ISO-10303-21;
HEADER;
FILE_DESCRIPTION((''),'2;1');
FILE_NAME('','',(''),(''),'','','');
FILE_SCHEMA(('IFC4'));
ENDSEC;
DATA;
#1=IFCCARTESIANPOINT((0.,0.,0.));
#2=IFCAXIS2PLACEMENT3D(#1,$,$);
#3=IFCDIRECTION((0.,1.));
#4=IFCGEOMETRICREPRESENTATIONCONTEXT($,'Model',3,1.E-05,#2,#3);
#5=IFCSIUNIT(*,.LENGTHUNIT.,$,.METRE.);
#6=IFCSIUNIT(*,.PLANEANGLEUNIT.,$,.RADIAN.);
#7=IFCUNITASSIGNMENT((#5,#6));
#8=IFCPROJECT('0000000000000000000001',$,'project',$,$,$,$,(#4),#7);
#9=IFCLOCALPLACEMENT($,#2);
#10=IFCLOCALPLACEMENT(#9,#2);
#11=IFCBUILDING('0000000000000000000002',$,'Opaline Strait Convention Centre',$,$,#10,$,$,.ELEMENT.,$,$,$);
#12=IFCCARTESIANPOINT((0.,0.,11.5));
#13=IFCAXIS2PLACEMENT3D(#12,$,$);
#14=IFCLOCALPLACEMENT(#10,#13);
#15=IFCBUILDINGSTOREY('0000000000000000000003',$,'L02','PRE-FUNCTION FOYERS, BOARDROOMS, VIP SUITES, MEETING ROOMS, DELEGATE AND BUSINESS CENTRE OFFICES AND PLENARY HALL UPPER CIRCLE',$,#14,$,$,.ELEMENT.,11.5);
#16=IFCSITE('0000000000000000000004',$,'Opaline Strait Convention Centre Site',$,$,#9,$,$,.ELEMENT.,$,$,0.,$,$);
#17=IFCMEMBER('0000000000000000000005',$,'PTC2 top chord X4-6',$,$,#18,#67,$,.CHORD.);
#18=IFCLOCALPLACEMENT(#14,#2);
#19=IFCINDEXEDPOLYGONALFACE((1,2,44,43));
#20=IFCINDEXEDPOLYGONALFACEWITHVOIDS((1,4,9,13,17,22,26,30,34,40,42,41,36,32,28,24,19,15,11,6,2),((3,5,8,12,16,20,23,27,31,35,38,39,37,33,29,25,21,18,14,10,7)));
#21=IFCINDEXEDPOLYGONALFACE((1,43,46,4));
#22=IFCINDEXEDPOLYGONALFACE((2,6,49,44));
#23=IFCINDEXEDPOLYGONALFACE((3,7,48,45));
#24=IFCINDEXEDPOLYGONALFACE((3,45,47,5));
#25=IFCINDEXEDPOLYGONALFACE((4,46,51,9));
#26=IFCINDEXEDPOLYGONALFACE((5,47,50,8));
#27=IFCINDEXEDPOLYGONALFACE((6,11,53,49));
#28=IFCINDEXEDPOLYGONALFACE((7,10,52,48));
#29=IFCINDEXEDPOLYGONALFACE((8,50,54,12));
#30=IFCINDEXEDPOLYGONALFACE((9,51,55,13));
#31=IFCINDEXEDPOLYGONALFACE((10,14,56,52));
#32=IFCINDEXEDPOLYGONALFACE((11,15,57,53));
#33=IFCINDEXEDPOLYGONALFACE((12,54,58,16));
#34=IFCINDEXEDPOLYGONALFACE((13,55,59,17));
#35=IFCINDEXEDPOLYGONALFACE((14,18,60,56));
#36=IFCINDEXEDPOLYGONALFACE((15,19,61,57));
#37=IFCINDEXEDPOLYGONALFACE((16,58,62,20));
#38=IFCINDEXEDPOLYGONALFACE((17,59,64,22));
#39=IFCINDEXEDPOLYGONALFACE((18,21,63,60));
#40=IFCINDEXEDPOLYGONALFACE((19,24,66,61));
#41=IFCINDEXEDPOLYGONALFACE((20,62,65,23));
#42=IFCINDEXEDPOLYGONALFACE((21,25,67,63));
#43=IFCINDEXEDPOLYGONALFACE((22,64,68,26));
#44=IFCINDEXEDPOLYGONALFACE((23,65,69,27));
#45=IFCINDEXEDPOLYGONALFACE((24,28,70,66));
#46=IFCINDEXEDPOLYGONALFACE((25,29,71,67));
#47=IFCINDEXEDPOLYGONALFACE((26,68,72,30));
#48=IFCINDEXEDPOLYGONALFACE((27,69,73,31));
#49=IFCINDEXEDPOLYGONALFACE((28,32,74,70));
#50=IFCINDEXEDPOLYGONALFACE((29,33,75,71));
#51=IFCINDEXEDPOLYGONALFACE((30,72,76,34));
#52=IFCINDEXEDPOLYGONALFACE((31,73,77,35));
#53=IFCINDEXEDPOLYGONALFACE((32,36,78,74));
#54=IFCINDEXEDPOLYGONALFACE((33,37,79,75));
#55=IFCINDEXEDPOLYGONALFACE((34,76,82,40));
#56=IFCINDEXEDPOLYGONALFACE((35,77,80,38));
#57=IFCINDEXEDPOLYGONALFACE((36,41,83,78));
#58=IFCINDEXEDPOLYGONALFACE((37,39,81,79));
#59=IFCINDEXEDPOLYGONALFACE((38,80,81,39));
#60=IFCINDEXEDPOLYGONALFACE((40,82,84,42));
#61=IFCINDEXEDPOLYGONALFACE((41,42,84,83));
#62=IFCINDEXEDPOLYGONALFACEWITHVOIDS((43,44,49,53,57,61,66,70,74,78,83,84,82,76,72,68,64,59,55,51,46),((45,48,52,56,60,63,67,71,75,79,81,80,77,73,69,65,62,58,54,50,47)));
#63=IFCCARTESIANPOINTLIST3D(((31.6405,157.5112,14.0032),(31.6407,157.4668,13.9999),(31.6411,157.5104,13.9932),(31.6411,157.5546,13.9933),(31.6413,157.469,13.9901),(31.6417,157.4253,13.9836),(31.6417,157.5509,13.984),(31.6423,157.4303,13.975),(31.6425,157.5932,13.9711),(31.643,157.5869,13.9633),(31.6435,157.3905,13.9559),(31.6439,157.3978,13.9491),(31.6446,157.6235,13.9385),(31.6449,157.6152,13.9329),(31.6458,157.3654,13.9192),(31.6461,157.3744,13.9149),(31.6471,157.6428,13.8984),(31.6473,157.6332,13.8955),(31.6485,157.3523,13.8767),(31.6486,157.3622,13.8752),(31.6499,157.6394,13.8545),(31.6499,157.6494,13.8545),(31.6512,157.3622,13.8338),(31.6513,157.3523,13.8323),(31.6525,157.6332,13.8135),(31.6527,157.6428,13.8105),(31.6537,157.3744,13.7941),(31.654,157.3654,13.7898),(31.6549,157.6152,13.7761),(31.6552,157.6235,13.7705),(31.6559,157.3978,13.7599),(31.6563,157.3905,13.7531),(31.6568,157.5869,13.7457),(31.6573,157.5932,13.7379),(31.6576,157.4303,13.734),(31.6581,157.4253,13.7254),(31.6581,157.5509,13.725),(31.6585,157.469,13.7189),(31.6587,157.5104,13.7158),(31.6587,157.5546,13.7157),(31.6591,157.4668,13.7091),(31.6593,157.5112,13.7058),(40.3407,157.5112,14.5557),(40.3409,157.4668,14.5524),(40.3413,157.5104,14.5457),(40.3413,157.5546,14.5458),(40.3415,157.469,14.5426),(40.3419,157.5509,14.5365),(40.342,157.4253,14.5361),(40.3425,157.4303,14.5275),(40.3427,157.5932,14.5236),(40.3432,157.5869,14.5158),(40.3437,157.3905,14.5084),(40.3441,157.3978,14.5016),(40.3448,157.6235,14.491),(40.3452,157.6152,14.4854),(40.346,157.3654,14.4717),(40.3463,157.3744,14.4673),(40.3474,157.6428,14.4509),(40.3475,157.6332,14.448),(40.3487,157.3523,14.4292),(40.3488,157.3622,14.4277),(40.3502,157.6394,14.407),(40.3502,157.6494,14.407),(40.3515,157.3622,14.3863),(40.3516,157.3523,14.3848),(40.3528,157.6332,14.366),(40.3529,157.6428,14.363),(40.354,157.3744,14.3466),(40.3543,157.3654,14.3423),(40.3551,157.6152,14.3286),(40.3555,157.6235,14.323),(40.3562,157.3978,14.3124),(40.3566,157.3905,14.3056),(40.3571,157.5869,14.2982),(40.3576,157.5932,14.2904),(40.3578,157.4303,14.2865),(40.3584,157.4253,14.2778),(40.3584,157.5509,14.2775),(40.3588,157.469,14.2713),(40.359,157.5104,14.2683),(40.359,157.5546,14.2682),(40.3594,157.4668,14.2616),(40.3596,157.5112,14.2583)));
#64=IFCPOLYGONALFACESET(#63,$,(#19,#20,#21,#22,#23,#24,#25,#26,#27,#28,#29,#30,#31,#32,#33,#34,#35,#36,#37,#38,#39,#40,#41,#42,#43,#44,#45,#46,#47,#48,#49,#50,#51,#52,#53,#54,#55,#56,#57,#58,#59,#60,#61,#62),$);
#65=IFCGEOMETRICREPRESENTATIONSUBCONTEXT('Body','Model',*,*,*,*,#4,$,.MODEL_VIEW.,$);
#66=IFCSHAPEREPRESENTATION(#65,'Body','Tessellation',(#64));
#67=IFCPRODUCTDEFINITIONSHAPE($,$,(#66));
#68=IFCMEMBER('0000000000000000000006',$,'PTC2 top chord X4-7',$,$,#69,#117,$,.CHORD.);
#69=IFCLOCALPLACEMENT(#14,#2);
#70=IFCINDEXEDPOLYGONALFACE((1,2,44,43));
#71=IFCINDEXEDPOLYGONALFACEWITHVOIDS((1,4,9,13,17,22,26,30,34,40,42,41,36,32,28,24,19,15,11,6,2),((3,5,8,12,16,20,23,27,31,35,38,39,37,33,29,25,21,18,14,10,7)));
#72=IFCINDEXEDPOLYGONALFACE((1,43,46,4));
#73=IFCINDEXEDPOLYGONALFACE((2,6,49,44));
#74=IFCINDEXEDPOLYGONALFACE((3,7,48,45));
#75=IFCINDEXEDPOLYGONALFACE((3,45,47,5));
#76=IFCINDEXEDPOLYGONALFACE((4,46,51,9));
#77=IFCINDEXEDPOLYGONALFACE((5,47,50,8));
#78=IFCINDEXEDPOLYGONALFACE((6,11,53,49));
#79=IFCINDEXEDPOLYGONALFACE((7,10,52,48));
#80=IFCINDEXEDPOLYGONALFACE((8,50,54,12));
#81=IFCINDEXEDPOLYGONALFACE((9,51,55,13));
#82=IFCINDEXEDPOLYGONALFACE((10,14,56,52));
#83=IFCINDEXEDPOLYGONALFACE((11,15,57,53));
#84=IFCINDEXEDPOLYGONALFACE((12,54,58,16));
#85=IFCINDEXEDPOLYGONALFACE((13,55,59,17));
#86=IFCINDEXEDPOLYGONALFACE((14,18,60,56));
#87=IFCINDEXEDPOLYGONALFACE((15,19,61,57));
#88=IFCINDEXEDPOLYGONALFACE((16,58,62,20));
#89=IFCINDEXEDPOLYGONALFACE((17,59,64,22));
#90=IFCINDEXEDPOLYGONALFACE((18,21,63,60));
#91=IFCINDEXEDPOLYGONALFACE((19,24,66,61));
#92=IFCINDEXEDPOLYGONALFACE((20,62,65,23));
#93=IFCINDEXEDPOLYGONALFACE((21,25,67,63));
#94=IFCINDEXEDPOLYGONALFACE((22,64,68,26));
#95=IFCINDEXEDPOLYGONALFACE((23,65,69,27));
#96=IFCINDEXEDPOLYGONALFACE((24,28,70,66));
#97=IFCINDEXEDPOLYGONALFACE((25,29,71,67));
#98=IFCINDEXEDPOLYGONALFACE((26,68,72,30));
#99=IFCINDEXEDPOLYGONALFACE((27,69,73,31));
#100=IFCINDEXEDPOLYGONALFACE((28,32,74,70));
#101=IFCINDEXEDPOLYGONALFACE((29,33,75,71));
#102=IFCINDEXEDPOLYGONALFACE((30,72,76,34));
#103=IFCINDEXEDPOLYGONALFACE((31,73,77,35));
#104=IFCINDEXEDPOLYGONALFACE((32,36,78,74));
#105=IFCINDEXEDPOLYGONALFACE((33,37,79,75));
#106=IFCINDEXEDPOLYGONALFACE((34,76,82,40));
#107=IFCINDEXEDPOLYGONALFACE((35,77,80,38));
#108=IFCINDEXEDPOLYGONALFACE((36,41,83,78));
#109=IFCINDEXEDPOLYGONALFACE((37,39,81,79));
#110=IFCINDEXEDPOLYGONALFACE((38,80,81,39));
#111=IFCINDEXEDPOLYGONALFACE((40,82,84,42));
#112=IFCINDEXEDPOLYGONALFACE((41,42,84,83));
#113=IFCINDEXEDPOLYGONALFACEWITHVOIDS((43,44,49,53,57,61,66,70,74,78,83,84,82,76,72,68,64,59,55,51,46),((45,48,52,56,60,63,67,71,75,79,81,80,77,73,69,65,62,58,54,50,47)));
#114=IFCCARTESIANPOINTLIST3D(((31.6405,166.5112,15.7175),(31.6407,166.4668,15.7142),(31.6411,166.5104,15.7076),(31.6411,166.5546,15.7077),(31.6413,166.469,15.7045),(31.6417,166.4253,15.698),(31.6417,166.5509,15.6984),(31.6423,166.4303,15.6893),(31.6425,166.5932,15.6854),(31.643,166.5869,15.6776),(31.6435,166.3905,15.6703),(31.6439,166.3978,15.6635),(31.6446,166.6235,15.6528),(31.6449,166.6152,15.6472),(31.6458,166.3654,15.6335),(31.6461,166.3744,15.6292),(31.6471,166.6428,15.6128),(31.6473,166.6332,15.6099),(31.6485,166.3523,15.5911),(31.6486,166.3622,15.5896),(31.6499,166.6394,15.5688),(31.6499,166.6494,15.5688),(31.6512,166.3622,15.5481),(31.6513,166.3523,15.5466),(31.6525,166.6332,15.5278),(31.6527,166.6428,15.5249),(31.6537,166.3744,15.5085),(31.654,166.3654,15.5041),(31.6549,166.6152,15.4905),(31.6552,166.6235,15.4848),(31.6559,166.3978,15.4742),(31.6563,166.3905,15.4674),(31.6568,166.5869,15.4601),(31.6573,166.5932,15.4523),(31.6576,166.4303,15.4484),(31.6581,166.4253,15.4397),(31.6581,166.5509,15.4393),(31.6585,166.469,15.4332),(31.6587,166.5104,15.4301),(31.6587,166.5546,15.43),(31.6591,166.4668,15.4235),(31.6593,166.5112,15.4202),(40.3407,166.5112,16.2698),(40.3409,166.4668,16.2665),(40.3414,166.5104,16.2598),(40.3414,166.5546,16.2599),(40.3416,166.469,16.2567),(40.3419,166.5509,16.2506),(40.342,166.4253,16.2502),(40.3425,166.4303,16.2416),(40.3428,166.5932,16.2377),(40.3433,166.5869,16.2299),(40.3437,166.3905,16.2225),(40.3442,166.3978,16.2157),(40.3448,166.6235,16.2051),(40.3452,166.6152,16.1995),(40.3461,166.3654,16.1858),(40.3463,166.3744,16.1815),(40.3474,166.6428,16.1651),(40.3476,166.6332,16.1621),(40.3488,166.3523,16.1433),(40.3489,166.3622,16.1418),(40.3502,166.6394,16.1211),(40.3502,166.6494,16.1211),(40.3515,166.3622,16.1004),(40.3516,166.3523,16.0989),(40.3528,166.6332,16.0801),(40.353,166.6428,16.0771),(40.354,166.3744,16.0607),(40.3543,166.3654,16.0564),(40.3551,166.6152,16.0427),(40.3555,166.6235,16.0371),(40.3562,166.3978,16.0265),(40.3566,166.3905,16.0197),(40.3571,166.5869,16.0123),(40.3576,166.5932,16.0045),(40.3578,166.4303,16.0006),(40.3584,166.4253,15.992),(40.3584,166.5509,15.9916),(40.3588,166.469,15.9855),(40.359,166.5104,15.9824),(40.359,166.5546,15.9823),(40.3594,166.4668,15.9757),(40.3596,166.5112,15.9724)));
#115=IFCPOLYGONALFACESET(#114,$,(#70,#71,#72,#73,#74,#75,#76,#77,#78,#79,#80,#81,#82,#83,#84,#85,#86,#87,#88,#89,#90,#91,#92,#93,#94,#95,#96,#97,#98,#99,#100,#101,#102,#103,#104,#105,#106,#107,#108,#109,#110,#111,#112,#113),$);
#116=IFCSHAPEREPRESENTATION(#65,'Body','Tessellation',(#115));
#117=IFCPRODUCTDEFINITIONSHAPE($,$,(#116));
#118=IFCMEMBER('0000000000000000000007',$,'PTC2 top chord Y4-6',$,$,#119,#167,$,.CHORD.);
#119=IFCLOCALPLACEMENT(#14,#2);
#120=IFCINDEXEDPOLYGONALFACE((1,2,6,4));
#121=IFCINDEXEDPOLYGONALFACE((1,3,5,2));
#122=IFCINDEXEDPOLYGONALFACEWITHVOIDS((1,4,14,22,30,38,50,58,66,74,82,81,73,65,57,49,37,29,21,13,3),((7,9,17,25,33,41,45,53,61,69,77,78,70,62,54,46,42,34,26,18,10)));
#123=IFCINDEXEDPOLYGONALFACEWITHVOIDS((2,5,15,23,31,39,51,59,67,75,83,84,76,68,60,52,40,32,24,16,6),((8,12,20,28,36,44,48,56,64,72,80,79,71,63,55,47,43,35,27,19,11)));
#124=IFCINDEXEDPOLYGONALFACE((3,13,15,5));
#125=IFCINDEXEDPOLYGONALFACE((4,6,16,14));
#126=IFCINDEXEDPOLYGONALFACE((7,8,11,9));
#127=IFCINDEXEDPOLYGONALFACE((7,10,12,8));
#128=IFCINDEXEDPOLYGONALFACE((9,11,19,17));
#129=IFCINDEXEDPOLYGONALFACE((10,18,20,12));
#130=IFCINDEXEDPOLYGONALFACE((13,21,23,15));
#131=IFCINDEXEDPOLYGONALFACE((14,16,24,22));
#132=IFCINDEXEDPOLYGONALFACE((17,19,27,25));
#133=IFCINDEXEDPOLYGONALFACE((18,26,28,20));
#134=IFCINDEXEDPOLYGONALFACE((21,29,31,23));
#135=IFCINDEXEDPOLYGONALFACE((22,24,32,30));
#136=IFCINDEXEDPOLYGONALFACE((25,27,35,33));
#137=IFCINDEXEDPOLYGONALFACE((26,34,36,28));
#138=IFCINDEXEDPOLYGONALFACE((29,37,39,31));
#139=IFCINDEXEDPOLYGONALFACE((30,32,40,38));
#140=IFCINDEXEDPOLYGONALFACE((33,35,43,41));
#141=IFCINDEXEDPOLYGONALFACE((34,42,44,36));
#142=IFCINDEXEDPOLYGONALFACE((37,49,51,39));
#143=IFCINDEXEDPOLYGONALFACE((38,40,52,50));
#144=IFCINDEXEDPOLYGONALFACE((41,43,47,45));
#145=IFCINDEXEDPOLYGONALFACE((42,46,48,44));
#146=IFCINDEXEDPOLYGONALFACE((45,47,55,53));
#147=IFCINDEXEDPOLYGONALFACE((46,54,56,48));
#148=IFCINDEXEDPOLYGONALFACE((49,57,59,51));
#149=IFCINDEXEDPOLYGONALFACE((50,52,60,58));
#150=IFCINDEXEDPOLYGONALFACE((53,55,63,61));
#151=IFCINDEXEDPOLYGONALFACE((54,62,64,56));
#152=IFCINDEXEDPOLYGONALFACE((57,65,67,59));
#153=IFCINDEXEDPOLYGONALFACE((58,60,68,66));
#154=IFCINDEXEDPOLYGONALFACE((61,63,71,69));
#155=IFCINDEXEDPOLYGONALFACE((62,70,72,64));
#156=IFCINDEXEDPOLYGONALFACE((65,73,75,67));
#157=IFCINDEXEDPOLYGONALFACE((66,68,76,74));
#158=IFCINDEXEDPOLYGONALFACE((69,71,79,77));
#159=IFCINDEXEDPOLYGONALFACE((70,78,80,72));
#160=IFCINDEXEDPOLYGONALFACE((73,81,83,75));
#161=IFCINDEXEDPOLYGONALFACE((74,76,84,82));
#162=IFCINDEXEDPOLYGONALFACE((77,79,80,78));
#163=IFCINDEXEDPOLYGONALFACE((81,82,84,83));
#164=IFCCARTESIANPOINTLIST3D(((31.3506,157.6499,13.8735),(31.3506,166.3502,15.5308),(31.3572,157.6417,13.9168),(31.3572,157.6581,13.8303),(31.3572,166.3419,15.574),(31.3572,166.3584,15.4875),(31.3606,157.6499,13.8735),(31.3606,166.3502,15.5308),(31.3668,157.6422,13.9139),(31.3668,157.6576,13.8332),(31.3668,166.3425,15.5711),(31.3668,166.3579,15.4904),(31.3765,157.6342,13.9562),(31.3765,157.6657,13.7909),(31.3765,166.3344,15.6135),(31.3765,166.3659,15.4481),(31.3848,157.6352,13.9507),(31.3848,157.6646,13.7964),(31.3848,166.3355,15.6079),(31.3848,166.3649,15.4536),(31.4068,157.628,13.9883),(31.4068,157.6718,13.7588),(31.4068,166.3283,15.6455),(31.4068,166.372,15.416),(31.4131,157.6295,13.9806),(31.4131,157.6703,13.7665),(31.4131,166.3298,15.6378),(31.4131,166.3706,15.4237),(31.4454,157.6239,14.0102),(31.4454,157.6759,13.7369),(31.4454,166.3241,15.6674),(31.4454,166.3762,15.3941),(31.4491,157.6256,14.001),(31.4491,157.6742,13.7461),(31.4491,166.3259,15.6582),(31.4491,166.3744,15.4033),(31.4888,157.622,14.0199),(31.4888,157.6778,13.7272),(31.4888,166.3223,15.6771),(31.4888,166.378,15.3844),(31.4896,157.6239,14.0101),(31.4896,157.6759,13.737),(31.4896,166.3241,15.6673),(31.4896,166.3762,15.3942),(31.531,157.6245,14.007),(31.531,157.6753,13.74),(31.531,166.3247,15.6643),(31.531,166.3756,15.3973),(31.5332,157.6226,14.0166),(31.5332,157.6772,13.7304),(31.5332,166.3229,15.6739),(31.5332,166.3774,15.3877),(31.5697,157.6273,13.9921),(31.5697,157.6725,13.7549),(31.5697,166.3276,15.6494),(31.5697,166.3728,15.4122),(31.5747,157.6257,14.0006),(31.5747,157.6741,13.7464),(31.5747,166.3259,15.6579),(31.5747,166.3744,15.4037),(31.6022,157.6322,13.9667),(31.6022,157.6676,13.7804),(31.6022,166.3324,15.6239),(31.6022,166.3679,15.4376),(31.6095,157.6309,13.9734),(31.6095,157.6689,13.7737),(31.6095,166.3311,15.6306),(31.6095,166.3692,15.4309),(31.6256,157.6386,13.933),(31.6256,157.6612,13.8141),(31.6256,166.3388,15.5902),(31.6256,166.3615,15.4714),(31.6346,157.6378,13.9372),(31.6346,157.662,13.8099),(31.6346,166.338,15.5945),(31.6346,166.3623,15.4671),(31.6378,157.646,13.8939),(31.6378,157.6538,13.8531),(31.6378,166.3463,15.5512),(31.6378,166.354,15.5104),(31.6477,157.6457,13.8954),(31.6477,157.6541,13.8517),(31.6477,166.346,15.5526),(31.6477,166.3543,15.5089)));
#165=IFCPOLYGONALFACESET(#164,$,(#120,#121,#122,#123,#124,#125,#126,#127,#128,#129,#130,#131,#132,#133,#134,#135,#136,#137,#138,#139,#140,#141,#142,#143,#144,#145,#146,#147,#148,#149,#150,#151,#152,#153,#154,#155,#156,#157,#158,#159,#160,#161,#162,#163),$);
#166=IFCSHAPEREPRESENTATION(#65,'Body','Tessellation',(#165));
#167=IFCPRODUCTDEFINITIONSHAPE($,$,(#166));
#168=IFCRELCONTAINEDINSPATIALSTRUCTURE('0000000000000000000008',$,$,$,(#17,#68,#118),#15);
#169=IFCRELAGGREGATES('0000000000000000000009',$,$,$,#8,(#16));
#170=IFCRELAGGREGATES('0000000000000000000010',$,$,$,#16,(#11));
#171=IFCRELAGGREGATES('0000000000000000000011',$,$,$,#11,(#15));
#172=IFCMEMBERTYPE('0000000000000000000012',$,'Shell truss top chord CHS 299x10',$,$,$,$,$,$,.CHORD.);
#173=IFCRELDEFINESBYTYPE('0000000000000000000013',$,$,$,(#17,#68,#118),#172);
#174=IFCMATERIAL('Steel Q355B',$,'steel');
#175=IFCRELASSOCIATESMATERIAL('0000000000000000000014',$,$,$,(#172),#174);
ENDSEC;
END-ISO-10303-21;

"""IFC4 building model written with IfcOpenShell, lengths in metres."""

from ifc_helpers import new_model, si_unit, direction, frame, origin, origin_2d, place, context, subcontext, project, spatial, hollow_circle, extrude, material, material_profile, profile_set, type_object, element, save


model = new_model("IFC4")

# Units and contexts
model_context = context("Model", 3, precision=1e-05, world=origin(), true_north=direction((0.0, 1.0)))
body_context = subcontext(model_context, "Body", "Model", "MODEL_VIEW")
ifc_project = project(units=[si_unit("LENGTHUNIT", "METRE"), si_unit("PLANEANGLEUNIT", "RADIAN")], contexts=[model_context])

# Site, building, storey
site_placement = place(None, origin())
site = spatial("IfcSite", under=ifc_project, at=site_placement, Name="Opaline Strait Convention Centre Site", CompositionType="ELEMENT", RefElevation=0.0)
building_placement = place(site_placement, origin())
building = spatial("IfcBuilding", under=site, at=building_placement, Name="Opaline Strait Convention Centre", CompositionType="ELEMENT")
storey_placement = place(building_placement, frame((0.0, 0.0, 11.5)))
storey = spatial("IfcBuildingStorey", under=building, at=storey_placement, Name="L02", Description="PRE-FUNCTION FOYERS, BOARDROOMS, VIP SUITES, MEETING ROOMS, DELEGATE AND BUSINESS CENTRE OFFICES AND PLENARY HALL UPPER CIRCLE", CompositionType="ELEMENT", Elevation=11.5)

# Members
ifc_material_1 = material(Name="Steel Q355B", Category="steel")
ifc_material_profile_1 = material_profile(ifc_material_1, hollow_circle(Radius=0.1494, WallThickness=0.01, at=origin_2d()), Name="CHS 299x10")
ifc_profile_set_1 = profile_set([ifc_material_profile_1], Name="Steel Q355B")
member_type_1 = type_object("IfcMemberType", Name="Shell truss top chord CHS 299x10", PredefinedType="CHORD", material=ifc_profile_set_1)
for number, where, z_axis, x_axis, name in (
    (1, (31.6499, 157.5, 13.8545), (0.99799, 0.0, 0.063376), (0.0, 1.0, 0.0), "PTC2 top chord X4-6"),
    (2, (31.6499, 166.5, 15.5688), (0.997992, 0.0, 0.063348), (0.0, 1.0, 0.0), "PTC2 top chord X4-7"),
):
    element("IfcMember", number, at=place(storey_placement, frame(where, z_axis=z_axis, x_axis=x_axis)), inside=storey, type_object=member_type_1, Name=name, PredefinedType="CHORD", context=body_context, shape_type="SweptSolid", body=[
        extrude(hollow_circle(Radius=0.1494, WallThickness=0.01, at=origin_2d()), origin(), (0.0, 0.0, 1.0), 8.7178),
    ])
member_1_placement = place(storey_placement, frame((31.5, 157.6499, 13.8735), z_axis=(0.0, 0.982338, 0.187117), x_axis=(-1.0, 0.0, 0.0)))
element("IfcMember", 3, at=member_1_placement, inside=storey, type_object=member_type_1, Name="PTC2 top chord Y4-6", PredefinedType="CHORD", context=body_context, shape_type="SweptSolid", body=[
    extrude(hollow_circle(Radius=0.1494, WallThickness=0.01, at=origin_2d()), origin(), (0.0, 0.0, 1.0), 8.8567),
])

save(model, "model.ifc")
